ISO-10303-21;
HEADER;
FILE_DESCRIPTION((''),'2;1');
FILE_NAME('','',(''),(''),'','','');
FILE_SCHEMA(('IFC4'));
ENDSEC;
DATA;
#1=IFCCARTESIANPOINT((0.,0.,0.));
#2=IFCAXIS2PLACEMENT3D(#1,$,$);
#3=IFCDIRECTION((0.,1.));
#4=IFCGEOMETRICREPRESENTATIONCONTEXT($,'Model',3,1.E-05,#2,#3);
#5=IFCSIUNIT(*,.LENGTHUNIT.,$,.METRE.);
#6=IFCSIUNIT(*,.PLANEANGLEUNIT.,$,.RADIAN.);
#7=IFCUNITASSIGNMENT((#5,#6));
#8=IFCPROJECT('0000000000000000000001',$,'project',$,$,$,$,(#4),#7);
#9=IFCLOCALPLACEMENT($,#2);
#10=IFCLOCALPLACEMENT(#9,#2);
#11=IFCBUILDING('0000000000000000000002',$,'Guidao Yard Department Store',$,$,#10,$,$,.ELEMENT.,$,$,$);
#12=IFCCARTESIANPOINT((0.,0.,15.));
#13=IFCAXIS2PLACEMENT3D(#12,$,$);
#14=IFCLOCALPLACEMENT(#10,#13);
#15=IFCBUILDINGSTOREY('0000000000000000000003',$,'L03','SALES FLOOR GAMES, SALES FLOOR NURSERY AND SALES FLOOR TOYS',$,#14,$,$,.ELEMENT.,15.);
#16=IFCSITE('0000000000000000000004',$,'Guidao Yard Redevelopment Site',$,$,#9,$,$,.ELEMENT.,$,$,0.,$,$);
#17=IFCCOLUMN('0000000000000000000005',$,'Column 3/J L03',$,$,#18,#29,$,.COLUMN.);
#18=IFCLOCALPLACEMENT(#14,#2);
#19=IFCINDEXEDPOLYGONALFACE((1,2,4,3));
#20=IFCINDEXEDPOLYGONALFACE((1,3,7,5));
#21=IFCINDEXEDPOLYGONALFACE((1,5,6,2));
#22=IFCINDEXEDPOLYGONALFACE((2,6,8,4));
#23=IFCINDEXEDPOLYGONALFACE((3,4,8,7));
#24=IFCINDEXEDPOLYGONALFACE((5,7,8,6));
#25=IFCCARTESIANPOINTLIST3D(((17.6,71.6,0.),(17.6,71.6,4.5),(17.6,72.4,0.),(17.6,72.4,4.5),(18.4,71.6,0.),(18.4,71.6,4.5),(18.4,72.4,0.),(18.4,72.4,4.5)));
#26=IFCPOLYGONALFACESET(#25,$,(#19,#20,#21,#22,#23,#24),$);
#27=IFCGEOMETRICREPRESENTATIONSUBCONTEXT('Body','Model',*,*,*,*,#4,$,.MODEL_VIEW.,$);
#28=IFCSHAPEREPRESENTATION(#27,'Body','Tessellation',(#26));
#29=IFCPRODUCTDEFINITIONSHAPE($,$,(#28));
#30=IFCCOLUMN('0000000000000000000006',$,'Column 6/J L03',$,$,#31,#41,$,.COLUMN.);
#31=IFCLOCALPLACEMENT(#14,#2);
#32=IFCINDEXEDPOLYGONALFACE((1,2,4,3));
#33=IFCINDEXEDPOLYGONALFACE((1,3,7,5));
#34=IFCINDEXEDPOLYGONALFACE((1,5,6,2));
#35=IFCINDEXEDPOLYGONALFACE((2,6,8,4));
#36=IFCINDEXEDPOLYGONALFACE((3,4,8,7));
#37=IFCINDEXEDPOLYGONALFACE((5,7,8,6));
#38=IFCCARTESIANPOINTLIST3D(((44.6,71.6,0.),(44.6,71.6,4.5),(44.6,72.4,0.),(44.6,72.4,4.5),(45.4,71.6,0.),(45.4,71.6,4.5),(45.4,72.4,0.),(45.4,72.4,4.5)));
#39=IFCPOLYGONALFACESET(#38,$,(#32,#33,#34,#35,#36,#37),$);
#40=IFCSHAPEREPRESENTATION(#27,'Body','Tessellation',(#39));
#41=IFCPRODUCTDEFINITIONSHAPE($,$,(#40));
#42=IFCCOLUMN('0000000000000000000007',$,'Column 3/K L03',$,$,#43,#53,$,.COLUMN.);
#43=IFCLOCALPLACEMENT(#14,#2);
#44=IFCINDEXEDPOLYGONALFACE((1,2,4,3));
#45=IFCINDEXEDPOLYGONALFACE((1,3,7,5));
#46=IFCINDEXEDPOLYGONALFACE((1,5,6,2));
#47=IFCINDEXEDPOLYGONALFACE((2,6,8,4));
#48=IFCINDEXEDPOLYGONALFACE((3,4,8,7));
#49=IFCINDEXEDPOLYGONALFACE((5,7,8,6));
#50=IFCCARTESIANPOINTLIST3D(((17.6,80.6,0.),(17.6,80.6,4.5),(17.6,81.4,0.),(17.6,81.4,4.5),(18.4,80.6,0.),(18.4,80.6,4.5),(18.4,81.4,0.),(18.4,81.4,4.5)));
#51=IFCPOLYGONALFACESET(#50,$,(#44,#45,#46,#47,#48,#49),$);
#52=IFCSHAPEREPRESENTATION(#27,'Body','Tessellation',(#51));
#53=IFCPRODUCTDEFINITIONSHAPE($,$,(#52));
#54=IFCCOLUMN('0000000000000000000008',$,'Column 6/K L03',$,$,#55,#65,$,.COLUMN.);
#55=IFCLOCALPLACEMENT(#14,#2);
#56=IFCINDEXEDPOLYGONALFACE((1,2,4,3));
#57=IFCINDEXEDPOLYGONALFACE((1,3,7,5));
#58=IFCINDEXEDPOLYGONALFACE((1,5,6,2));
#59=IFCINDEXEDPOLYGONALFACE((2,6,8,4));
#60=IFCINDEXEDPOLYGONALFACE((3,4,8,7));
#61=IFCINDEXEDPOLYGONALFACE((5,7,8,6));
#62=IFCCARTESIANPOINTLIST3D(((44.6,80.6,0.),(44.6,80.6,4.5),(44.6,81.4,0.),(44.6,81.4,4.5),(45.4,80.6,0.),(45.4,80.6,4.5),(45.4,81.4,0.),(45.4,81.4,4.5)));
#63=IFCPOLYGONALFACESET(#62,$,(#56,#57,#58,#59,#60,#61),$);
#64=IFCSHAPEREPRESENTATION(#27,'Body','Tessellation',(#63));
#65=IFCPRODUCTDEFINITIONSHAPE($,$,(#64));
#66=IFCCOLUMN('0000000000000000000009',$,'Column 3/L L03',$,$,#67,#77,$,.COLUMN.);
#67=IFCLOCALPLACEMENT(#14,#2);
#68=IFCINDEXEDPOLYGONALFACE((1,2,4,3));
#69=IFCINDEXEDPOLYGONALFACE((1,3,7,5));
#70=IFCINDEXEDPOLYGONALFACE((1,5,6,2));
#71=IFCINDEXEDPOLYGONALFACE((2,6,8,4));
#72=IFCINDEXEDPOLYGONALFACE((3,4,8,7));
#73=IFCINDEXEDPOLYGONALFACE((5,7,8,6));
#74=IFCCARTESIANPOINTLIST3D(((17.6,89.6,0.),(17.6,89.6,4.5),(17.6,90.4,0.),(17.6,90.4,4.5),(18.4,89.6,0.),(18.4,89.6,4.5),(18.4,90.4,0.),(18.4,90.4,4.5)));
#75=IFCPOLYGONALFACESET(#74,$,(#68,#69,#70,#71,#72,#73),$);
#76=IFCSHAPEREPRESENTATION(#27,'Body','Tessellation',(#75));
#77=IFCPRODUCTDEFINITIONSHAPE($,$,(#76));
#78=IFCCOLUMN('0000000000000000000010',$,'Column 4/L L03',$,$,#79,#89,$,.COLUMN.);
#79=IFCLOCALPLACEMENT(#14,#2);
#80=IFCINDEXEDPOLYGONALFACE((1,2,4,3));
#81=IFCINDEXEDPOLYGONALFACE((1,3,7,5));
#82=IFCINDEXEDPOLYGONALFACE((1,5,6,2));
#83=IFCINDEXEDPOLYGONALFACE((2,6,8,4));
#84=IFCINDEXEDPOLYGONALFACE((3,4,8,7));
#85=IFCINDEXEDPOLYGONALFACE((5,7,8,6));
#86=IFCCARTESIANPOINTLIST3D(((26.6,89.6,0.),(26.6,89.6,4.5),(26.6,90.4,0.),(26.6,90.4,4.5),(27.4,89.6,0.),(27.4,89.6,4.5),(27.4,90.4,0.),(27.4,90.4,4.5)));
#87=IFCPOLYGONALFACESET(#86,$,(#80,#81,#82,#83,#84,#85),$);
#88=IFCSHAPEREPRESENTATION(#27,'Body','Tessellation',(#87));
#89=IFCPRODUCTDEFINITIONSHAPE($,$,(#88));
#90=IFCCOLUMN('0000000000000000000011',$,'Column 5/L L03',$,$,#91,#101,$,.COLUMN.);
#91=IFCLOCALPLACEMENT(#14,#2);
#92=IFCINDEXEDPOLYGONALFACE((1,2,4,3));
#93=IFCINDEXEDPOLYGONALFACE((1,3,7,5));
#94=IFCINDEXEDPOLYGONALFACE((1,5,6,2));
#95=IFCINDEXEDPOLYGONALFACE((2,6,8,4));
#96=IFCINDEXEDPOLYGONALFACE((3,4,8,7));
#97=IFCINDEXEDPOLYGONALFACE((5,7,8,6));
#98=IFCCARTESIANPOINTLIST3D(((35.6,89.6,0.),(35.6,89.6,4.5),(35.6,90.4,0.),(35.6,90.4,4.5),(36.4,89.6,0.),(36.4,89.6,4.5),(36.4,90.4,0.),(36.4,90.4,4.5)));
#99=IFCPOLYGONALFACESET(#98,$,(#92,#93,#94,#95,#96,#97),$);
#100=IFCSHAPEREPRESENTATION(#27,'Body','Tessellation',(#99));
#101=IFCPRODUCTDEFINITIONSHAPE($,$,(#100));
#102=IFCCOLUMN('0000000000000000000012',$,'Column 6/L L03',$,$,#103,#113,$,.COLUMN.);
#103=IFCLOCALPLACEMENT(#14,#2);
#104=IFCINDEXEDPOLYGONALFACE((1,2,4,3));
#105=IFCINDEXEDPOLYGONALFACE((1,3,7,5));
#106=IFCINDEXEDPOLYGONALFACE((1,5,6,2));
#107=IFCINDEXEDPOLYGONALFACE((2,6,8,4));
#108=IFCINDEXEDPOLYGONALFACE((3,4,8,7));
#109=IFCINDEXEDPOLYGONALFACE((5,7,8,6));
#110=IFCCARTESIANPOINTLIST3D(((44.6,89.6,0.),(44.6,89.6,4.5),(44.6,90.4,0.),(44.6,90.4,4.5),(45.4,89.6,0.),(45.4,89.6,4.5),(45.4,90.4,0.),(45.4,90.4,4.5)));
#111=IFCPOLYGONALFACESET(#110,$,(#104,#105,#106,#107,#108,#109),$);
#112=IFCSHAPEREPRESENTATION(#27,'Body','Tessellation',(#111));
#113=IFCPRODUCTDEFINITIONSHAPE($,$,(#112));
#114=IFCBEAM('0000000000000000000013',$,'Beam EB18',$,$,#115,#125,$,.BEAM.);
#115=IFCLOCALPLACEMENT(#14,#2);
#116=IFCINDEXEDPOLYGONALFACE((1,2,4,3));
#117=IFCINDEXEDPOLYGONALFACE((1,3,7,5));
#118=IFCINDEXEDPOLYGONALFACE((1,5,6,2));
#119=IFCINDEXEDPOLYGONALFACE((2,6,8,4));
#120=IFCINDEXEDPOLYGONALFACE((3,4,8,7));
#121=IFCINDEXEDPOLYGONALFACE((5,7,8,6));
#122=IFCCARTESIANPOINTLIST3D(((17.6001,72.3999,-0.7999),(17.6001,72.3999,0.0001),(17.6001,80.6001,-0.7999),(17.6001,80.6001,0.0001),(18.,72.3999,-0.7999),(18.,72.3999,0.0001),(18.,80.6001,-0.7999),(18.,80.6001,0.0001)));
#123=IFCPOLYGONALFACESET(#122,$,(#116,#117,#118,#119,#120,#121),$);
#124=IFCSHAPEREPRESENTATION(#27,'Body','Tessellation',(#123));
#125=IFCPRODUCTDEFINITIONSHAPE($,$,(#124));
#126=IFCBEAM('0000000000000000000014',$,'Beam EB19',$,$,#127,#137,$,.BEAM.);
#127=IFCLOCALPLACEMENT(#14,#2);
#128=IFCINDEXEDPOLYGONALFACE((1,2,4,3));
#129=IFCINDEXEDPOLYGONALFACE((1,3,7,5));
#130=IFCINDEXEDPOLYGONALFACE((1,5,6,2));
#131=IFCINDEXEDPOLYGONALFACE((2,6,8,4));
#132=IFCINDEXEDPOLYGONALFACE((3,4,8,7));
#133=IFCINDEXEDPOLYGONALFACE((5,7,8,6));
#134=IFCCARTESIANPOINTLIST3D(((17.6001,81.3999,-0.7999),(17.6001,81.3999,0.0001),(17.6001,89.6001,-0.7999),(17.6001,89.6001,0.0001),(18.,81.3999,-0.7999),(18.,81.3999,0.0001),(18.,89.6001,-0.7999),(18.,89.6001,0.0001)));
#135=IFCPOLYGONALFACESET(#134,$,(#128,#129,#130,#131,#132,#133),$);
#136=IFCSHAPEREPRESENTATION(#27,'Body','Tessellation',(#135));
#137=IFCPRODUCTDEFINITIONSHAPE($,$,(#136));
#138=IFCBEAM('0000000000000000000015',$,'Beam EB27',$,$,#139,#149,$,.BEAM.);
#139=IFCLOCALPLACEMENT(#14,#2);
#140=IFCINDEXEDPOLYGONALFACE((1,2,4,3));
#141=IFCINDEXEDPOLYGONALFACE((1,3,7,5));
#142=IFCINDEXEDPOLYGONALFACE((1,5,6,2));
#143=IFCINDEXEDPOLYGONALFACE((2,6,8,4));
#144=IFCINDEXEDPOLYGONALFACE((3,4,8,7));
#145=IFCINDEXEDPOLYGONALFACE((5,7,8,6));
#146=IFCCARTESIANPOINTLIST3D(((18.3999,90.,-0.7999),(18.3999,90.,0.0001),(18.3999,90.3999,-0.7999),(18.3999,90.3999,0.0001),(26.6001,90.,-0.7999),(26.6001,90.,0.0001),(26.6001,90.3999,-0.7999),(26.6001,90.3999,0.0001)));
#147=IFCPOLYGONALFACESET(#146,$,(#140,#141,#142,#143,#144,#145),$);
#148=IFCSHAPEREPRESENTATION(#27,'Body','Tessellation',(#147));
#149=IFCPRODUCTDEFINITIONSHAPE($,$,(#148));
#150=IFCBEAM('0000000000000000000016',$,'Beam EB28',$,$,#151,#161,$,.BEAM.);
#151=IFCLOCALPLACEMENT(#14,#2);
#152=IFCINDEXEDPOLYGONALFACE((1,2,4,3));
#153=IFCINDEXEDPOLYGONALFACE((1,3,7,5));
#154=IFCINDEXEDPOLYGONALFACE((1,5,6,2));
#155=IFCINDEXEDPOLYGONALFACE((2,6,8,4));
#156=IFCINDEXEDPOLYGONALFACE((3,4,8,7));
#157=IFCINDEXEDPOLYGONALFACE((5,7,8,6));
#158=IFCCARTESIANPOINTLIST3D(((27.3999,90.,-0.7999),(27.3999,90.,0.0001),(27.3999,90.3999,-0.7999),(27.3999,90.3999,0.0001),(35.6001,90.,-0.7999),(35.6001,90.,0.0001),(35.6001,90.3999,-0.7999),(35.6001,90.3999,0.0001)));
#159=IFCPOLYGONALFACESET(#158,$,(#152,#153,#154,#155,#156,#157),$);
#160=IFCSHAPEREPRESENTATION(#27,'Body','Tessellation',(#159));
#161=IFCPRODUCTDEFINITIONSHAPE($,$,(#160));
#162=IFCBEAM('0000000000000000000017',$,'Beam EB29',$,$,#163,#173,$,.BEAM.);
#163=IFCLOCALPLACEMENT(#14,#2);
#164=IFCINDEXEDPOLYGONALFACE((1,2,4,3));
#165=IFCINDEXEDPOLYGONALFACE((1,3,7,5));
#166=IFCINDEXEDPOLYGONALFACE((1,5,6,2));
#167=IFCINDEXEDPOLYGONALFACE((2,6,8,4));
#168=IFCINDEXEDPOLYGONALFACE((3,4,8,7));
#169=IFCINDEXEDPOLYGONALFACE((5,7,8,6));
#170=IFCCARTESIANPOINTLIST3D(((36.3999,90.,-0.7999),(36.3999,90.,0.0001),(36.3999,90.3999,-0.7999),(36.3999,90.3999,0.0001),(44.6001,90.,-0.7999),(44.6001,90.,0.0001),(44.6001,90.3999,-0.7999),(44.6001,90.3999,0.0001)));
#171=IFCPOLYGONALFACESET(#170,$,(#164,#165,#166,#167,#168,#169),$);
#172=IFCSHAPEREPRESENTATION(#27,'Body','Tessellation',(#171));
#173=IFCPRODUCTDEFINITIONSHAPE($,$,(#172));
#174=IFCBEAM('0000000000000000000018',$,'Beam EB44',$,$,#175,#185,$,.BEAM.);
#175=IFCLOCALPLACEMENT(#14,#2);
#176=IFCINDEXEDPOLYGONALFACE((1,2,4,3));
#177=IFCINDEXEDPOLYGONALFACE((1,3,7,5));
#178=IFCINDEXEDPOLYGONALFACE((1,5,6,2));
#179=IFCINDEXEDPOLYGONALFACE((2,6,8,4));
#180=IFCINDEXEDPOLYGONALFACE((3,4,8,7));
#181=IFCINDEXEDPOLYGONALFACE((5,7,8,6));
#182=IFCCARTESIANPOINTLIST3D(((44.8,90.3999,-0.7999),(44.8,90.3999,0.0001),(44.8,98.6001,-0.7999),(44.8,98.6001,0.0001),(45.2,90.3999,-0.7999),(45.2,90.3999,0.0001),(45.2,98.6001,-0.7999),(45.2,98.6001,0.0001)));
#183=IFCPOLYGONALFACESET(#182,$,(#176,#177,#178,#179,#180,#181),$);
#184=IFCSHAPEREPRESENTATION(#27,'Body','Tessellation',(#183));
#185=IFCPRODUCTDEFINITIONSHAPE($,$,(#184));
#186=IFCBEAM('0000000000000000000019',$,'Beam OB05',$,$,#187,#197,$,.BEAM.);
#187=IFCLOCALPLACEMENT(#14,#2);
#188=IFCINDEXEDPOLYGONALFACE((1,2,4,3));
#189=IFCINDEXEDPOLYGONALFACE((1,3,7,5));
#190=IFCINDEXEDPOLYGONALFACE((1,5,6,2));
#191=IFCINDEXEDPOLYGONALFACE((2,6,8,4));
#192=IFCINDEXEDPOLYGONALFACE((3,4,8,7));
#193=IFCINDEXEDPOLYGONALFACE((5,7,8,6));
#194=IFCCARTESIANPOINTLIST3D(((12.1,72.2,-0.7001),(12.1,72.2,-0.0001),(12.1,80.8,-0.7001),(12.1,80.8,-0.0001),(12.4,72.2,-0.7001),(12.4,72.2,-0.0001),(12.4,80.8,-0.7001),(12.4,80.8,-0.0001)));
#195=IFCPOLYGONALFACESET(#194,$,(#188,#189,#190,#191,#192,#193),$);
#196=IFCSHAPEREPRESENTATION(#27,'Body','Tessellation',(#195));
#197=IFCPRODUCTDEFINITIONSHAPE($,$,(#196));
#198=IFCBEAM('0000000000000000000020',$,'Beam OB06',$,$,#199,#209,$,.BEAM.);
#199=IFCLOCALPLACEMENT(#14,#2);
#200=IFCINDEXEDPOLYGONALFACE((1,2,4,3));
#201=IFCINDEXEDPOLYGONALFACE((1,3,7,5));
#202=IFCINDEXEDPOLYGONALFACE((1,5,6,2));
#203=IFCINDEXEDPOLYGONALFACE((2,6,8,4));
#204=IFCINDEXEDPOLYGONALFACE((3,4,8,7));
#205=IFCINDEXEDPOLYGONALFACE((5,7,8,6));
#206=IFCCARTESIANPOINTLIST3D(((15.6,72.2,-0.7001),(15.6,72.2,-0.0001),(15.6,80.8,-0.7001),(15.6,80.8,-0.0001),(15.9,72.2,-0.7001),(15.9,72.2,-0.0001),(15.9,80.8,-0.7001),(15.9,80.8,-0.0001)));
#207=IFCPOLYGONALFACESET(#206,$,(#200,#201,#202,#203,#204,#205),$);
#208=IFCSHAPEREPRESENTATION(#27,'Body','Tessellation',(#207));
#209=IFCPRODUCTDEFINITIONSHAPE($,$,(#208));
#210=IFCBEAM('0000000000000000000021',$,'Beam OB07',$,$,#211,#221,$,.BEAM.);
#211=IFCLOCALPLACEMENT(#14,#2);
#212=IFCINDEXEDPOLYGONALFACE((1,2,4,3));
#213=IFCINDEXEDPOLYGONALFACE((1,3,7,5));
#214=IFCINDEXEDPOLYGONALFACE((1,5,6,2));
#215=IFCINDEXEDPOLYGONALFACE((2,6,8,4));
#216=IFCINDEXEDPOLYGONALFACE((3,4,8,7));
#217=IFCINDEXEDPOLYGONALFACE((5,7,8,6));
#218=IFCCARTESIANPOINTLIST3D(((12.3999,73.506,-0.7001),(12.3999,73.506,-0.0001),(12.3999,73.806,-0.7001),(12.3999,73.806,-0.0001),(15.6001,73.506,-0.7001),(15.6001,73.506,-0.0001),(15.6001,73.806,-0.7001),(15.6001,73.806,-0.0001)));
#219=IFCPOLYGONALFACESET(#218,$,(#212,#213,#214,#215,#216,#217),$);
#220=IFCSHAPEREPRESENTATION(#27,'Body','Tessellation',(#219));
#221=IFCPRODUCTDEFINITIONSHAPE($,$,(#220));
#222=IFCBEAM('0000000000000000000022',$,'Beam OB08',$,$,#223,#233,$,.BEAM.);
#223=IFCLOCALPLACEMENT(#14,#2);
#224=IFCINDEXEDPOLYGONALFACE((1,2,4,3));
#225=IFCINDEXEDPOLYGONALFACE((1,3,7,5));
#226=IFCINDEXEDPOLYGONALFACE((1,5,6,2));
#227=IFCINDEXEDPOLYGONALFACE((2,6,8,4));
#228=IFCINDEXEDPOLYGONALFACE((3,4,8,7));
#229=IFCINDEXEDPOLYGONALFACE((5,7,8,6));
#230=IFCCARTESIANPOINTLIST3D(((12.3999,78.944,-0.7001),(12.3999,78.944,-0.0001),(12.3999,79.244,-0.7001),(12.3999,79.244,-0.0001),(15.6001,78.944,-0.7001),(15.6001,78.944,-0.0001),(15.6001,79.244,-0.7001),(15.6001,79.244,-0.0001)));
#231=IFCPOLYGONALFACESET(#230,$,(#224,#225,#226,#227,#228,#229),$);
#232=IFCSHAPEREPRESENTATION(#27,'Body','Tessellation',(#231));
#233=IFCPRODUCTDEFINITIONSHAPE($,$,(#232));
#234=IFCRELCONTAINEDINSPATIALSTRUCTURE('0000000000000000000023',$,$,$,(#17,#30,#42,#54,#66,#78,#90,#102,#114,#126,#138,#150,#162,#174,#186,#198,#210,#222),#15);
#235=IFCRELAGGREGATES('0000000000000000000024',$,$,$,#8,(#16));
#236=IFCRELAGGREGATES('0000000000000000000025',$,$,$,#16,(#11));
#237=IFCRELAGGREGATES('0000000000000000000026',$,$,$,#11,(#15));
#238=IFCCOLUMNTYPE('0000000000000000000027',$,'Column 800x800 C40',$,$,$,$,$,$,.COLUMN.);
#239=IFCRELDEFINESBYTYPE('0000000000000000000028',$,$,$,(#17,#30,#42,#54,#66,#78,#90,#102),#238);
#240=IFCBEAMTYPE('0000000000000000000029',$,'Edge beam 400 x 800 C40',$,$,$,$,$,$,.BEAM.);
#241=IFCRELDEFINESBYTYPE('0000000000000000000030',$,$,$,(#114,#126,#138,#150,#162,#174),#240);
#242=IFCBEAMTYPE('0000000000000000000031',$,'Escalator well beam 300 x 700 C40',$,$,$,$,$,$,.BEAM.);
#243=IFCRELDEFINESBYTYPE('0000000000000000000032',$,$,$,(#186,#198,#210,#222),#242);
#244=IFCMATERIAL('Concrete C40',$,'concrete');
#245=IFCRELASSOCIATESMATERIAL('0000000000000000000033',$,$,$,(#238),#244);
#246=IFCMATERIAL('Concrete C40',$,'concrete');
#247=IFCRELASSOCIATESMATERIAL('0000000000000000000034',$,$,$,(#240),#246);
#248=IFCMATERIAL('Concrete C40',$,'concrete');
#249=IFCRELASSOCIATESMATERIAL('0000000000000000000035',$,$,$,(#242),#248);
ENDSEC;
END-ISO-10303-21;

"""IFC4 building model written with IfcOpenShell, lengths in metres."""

from ifc_helpers import new_model, si_unit, direction, frame, origin, origin_2d, place, context, subcontext, project, spatial, rectangle, extrude, material, material_profile, profile_set, type_object, element, save


model = new_model("IFC4")

# Units and contexts
model_context = context("Model", 3, precision=1e-05, world=origin(), true_north=direction((0.0, 1.0)))
body_context = subcontext(model_context, "Body", "Model", "MODEL_VIEW")
ifc_project = project(units=[si_unit("LENGTHUNIT", "METRE"), si_unit("PLANEANGLEUNIT", "RADIAN")], contexts=[model_context])

# Site, building, storey
site_placement = place(None, origin())
site = spatial("IfcSite", under=ifc_project, at=site_placement, Name="Guidao Yard Redevelopment Site", CompositionType="ELEMENT", RefElevation=0.0)
building_placement = place(site_placement, origin())
building = spatial("IfcBuilding", under=site, at=building_placement, Name="Guidao Yard Department Store", CompositionType="ELEMENT")
storey_placement = place(building_placement, frame((0.0, 0.0, 15.0)))
storey = spatial("IfcBuildingStorey", under=building, at=storey_placement, Name="L03", Description="SALES FLOOR GAMES, SALES FLOOR NURSERY AND SALES FLOOR TOYS", CompositionType="ELEMENT", Elevation=15.0)

# Columns
ifc_material_1 = material(Name="Concrete C40", Category="concrete")
ifc_material_profile_1 = material_profile(ifc_material_1, rectangle(XDim=0.8, YDim=0.8, at=origin_2d()), Name="COL 800x800")
ifc_profile_set_1 = profile_set([ifc_material_profile_1], Name="Concrete C40")
column_type = type_object("IfcColumnType", Name="Column 800x800 C40", PredefinedType="COLUMN", material=ifc_profile_set_1)
for number, where, z_axis, x_axis, name in (
    (1, (18.0, 72.0, 0.0), (0.0, 0.0, 1.0), (1.0, 0.0, 0.0), "Column 3/J L03"),
    (2, (45.0, 72.0, 0.0), (0.0, 0.0, 1.0), (1.0, 0.0, 0.0), "Column 6/J L03"),
    (3, (18.0, 81.0, 0.0), (0.0, 0.0, 1.0), (1.0, 0.0, 0.0), "Column 3/K L03"),
    (4, (45.0, 81.0, 0.0), (0.0, 0.0, 1.0), (1.0, 0.0, 0.0), "Column 6/K L03"),
    (5, (18.0, 90.0, 0.0), (0.0, 0.0, 1.0), (1.0, 0.0, 0.0), "Column 3/L L03"),
    (6, (27.0, 90.0, 0.0), (0.0, 0.0, 1.0), (1.0, 0.0, 0.0), "Column 4/L L03"),
    (7, (36.0, 90.0, 0.0), (0.0, 0.0, 1.0), (1.0, 0.0, 0.0), "Column 5/L L03"),
    (8, (45.0, 90.0, 0.0), (0.0, 0.0, 1.0), (1.0, 0.0, 0.0), "Column 6/L L03"),
):
    element("IfcColumn", number, at=place(storey_placement, frame(where, z_axis=z_axis, x_axis=x_axis)), inside=storey, type_object=column_type, Name=name, PredefinedType="COLUMN", context=body_context, shape_type="SweptSolid", body=[
        extrude(rectangle(XDim=0.8, YDim=0.8, at=origin_2d()), origin(), (0.0, 0.0, 1.0), 4.5),
    ])

# Beams
ifc_material_2 = material(Name="Concrete C40", Category="concrete")
ifc_material_profile_2 = material_profile(ifc_material_2, rectangle(XDim=0.3999, YDim=0.8, at=origin_2d()), Name="Edge beam 400 x 800 C40")
ifc_profile_set_2 = profile_set([ifc_material_profile_2], Name="Concrete C40")
beam_type_1 = type_object("IfcBeamType", Name="Edge beam 400 x 800 C40", PredefinedType="BEAM", material=ifc_profile_set_2)
for number, where, z_axis, x_axis, name in (
    (9, (17.8, 72.3999, -0.3999), (0.0, 1.0, 0.0), (-1.0, 0.0, 0.0), "Beam EB18"),
    (10, (17.8, 81.3999, -0.3999), (0.0, 1.0, 0.0), (-1.0, 0.0, 0.0), "Beam EB19"),
    (11, (18.3999, 90.2, -0.3999), (1.0, 0.0, 0.0), (0.0, 1.0, 0.0), "Beam EB27"),
    (12, (27.3999, 90.2, -0.3999), (1.0, 0.0, 0.0), (0.0, 1.0, 0.0), "Beam EB28"),
    (13, (36.3999, 90.2, -0.3999), (1.0, 0.0, 0.0), (0.0, 1.0, 0.0), "Beam EB29"),
    (14, (45.0, 90.3999, -0.3999), (0.0, 1.0, 0.0), (-1.0, 0.0, 0.0), "Beam EB44"),
):
    element("IfcBeam", number, at=place(storey_placement, frame(where, z_axis=z_axis, x_axis=x_axis)), inside=storey, type_object=beam_type_1, Name=name, PredefinedType="BEAM", context=body_context, shape_type="SweptSolid", body=[
        extrude(rectangle(XDim=0.3999, YDim=0.8, at=origin_2d()), origin(), (0.0, 0.0, 1.0), 8.2002),
    ])
ifc_material_3 = material(Name="Concrete C40", Category="concrete")
ifc_material_profile_3 = material_profile(ifc_material_3, rectangle(XDim=0.3, YDim=0.7, at=origin_2d()), Name="Escalator well beam 300 x 700 C40")
ifc_profile_set_3 = profile_set([ifc_material_profile_3], Name="Concrete C40")
beam_type_2 = type_object("IfcBeamType", Name="Escalator well beam 300 x 700 C40", PredefinedType="BEAM", material=ifc_profile_set_3)
for number, where, z_axis, x_axis, name in (
    (15, (12.25, 72.2, -0.3501), (0.0, 1.0, 0.0), (-1.0, 0.0, 0.0), "Beam OB05"),
    (16, (15.75, 72.2, -0.3501), (0.0, 1.0, 0.0), (-1.0, 0.0, 0.0), "Beam OB06"),
):
    element("IfcBeam", number, at=place(storey_placement, frame(where, z_axis=z_axis, x_axis=x_axis)), inside=storey, type_object=beam_type_2, Name=name, PredefinedType="BEAM", context=body_context, shape_type="SweptSolid", body=[
        extrude(rectangle(XDim=0.3, YDim=0.7, at=origin_2d()), origin(), (0.0, 0.0, 1.0), 8.6001),
    ])
for number, where, z_axis, x_axis, name in (
    (17, (12.3999, 73.656, -0.3501), (1.0, 0.0, 0.0), (0.0, 1.0, 0.0), "Beam OB07"),
    (18, (12.3999, 79.094, -0.3501), (1.0, 0.0, 0.0), (0.0, 1.0, 0.0), "Beam OB08"),
):
    element("IfcBeam", number, at=place(storey_placement, frame(where, z_axis=z_axis, x_axis=x_axis)), inside=storey, type_object=beam_type_2, Name=name, PredefinedType="BEAM", context=body_context, shape_type="SweptSolid", body=[
        extrude(rectangle(XDim=0.3, YDim=0.7, at=origin_2d()), origin(), (0.0, 0.0, 1.0), 3.2002),
    ])

save(model, "model.ifc")
